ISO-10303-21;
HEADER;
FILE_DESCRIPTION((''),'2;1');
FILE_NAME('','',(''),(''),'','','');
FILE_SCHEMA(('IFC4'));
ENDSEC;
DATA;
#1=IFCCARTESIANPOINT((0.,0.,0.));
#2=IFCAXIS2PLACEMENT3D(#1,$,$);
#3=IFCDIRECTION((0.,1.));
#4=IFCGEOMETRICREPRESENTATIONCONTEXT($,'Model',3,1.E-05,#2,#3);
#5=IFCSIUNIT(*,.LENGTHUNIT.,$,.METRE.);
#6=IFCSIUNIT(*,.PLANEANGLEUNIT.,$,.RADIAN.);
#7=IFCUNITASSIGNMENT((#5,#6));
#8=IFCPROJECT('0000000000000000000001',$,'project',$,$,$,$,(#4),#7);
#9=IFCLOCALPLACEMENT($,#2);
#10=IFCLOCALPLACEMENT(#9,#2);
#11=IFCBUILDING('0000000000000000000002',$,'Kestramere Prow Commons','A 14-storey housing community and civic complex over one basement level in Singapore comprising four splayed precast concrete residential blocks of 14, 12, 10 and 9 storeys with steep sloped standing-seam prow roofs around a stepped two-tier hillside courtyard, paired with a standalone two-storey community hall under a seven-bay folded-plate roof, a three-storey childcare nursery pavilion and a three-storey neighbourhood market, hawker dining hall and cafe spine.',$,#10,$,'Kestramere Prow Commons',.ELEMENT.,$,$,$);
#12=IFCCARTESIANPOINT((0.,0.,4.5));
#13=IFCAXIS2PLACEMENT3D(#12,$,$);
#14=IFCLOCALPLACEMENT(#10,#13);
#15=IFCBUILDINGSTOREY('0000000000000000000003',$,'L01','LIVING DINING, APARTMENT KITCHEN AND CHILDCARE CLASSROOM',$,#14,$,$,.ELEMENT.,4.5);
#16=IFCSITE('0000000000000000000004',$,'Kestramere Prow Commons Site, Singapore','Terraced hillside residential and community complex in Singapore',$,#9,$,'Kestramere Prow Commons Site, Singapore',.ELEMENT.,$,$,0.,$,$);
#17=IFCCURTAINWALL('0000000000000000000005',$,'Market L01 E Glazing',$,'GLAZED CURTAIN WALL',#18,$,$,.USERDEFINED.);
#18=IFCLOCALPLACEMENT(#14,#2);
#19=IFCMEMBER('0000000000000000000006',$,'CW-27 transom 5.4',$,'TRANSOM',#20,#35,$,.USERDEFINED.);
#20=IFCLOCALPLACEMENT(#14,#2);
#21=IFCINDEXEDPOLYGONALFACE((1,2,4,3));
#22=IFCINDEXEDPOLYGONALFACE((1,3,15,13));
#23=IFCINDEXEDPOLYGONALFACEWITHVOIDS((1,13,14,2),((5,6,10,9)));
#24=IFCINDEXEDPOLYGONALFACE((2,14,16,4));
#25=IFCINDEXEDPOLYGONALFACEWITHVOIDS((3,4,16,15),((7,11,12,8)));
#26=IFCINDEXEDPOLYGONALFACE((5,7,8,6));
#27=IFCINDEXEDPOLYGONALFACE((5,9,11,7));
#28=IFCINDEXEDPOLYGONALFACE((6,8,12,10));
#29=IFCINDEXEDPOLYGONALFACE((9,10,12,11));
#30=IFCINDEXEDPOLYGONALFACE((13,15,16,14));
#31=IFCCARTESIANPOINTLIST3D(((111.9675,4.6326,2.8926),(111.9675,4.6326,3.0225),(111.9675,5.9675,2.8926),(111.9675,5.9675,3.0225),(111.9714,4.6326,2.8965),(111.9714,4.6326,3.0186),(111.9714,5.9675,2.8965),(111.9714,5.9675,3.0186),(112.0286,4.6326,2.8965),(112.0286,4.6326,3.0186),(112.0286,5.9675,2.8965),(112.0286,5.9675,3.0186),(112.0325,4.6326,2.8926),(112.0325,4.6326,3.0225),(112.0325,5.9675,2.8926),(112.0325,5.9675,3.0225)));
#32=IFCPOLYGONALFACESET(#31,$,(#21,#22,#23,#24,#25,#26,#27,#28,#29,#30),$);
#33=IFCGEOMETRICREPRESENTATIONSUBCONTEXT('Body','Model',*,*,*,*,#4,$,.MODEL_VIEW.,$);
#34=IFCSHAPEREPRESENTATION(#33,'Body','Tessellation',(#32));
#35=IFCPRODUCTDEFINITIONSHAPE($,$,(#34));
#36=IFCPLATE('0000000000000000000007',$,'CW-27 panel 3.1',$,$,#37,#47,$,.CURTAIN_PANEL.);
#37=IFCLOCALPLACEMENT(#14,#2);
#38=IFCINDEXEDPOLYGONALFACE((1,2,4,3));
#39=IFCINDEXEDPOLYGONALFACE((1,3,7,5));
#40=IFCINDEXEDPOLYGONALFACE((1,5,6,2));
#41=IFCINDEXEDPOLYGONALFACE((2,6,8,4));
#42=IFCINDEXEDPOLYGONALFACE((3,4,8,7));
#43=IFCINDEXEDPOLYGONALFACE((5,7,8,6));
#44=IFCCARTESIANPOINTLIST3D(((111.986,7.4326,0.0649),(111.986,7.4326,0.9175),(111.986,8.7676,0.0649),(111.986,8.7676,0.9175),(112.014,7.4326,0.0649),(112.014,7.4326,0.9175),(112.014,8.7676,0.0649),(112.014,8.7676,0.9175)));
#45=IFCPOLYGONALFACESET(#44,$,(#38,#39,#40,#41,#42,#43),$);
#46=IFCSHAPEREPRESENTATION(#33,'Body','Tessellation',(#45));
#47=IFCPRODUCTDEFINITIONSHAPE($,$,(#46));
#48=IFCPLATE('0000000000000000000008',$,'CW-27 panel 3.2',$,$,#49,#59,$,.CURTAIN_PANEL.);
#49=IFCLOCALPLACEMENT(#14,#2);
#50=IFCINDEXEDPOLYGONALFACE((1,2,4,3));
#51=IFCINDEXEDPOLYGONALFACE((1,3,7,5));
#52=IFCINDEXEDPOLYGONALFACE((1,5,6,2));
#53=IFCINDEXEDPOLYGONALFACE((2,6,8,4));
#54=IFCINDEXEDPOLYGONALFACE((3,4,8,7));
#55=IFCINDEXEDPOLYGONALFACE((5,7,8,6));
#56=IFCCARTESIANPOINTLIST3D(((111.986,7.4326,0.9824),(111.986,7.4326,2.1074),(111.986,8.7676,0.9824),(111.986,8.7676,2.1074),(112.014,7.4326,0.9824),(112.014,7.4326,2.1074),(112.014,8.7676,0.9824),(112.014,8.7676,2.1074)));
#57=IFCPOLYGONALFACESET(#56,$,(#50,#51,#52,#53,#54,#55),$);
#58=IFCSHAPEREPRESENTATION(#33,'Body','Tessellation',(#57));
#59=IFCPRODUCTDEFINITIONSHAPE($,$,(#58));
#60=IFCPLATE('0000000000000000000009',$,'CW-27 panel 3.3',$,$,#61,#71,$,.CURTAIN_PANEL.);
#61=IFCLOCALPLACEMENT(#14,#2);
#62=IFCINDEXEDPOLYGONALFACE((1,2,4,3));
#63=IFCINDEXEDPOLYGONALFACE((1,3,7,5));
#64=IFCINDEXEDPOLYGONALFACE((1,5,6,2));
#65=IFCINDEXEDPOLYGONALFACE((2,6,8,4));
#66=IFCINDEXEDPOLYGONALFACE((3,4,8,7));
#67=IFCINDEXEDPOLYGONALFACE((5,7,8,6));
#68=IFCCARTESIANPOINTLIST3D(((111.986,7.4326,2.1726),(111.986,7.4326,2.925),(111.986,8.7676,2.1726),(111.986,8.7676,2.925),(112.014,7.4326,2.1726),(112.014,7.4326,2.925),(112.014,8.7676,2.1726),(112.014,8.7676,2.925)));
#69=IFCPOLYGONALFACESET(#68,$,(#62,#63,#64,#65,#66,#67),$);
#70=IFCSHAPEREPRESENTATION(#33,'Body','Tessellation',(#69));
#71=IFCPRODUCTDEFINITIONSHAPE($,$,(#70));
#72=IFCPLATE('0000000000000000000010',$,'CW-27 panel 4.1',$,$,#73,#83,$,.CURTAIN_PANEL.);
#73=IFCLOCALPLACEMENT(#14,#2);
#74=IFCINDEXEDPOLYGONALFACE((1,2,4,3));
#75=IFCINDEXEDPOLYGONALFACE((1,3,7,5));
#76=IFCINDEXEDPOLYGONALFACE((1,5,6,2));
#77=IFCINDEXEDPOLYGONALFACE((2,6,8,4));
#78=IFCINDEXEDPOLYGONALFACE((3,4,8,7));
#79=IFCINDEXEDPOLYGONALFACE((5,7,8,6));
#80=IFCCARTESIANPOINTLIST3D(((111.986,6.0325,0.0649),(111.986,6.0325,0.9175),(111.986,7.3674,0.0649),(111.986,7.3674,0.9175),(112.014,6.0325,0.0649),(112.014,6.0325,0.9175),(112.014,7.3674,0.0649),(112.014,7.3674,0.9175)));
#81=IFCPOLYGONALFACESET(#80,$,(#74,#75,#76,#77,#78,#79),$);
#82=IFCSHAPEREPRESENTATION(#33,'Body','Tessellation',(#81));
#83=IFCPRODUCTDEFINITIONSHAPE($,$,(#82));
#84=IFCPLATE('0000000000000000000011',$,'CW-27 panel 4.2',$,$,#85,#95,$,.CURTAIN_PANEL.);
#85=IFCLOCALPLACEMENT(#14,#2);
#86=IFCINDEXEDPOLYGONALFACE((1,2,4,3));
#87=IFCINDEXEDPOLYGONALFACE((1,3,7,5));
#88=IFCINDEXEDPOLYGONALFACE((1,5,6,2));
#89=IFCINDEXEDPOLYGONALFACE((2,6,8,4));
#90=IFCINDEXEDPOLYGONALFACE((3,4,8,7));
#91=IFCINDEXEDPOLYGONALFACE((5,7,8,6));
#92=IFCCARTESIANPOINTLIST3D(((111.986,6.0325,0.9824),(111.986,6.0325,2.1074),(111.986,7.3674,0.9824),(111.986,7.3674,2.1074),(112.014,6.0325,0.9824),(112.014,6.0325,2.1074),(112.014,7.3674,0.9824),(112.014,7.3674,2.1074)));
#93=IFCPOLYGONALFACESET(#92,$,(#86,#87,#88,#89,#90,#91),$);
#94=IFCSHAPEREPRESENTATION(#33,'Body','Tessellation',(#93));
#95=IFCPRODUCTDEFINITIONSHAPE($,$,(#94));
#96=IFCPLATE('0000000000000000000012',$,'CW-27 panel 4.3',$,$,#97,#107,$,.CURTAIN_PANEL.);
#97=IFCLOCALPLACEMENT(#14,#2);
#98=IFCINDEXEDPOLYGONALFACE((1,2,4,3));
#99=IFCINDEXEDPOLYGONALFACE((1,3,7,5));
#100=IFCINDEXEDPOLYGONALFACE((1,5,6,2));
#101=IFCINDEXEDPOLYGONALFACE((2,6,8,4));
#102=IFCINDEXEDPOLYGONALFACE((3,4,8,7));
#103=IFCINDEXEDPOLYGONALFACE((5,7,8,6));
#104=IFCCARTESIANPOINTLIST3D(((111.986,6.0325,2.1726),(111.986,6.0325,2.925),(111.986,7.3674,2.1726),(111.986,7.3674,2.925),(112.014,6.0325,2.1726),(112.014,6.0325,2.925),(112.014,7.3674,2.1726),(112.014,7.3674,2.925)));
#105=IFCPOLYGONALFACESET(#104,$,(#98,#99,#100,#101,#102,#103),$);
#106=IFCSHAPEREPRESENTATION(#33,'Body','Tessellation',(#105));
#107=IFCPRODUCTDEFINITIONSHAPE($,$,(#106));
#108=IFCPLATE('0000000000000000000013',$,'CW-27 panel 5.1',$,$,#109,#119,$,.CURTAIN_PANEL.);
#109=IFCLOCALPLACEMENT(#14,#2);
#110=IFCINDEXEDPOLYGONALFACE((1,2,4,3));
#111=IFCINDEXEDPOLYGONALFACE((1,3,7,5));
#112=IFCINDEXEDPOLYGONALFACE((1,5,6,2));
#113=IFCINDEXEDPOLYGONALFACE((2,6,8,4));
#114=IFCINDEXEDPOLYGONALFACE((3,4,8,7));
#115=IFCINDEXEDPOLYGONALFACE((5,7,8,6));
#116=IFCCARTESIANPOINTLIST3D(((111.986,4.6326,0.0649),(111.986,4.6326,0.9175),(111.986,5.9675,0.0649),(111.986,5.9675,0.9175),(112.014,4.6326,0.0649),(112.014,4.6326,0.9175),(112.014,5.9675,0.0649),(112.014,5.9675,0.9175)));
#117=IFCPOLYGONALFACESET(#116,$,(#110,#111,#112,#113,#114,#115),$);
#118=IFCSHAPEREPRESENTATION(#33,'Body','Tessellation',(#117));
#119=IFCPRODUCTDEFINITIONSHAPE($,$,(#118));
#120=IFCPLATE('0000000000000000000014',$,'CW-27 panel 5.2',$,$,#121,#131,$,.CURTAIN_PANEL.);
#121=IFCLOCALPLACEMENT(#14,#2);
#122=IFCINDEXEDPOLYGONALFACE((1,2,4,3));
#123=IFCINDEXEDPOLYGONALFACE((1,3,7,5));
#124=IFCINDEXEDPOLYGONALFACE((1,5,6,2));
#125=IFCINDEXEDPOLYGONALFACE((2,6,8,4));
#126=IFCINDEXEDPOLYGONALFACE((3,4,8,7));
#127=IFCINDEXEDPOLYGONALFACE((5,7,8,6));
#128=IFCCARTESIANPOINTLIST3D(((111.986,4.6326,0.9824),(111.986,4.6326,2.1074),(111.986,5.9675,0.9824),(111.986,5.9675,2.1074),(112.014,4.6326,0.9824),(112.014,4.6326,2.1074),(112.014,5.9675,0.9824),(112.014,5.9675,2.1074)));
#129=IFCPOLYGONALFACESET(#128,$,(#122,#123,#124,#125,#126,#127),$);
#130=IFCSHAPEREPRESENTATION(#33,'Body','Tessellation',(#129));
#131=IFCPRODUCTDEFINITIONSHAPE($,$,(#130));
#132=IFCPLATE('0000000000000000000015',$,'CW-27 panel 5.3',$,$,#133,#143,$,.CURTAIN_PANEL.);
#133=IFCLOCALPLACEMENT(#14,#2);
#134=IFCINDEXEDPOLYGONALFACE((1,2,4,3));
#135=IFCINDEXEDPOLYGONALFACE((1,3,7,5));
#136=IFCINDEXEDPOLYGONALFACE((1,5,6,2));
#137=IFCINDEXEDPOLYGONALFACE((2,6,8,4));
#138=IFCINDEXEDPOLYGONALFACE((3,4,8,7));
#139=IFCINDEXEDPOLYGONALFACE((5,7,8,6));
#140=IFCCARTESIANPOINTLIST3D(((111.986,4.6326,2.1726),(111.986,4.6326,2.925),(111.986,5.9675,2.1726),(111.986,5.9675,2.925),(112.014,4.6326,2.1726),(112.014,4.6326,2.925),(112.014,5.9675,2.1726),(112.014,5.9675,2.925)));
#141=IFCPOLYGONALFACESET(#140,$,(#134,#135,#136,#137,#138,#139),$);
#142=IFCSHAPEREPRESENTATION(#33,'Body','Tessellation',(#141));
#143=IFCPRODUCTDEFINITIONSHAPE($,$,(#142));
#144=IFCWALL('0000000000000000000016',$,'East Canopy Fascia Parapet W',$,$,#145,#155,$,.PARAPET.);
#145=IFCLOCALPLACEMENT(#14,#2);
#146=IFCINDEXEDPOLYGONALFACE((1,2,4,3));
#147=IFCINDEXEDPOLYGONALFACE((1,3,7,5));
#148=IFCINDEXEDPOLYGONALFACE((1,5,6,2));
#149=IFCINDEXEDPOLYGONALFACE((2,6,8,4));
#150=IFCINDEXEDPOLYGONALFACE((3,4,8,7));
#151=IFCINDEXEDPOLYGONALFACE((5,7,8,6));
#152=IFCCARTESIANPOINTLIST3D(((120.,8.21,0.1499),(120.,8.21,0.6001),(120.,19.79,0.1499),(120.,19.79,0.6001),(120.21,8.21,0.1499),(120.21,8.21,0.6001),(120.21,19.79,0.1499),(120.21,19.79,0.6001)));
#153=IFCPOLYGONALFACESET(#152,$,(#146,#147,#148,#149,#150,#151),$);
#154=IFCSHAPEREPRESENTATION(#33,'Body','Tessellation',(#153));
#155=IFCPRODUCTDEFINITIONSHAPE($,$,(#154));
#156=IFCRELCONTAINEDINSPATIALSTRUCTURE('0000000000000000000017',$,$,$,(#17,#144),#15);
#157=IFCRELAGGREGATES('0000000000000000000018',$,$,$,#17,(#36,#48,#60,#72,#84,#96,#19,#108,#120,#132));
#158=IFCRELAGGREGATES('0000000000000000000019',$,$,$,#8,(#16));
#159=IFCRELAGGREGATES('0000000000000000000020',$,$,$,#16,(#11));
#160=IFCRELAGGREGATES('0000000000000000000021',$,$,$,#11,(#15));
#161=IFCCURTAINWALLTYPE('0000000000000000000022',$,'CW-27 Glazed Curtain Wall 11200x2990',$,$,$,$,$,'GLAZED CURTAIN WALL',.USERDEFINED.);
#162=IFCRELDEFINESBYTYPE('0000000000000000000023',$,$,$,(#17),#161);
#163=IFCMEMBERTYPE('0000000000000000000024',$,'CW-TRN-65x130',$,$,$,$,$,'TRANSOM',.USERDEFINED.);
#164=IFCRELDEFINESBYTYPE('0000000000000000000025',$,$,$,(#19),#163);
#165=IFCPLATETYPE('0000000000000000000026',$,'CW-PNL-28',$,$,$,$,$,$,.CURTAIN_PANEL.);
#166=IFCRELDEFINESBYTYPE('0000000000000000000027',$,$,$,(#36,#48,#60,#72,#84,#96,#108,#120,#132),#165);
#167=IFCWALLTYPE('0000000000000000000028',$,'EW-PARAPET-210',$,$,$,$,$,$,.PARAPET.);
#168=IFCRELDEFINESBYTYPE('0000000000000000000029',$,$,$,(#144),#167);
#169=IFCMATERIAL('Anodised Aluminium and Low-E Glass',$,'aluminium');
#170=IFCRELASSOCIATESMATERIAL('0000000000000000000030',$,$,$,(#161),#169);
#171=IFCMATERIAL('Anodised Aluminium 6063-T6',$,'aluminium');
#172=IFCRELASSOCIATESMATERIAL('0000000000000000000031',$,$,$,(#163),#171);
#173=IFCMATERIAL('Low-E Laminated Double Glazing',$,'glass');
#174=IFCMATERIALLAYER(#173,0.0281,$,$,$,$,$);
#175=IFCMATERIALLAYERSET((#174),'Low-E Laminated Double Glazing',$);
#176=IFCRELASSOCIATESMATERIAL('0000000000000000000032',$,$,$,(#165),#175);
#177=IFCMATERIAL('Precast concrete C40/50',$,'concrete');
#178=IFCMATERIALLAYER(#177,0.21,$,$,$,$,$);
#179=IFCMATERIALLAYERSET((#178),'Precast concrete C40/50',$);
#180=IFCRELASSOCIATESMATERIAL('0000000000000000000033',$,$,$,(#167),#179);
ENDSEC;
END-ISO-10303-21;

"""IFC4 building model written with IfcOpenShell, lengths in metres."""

from ifc_helpers import new_model, si_unit, direction, frame, frame_2d, origin, origin_2d, place, context, subcontext, project, spatial, rectangle, hollow_rectangle, extrude, material, layer, layer_set, material_profile, profile_set, type_object, element, aggregate, save


model = new_model("IFC4")

# Units and contexts
model_context = context("Model", 3, precision=1e-05, world=origin(), true_north=direction((0.0, 1.0)))
body_context = subcontext(model_context, "Body", "Model", "MODEL_VIEW")
ifc_project = project(units=[si_unit("LENGTHUNIT", "METRE"), si_unit("PLANEANGLEUNIT", "RADIAN")], contexts=[model_context])

# Site, building, storey
site_placement = place(None, origin())
site = spatial("IfcSite", under=ifc_project, at=site_placement, Name="Kestramere Prow Commons Site, Singapore", Description="Terraced hillside residential and community complex in Singapore", LongName="Kestramere Prow Commons Site, Singapore", CompositionType="ELEMENT", RefElevation=0.0)
building_placement = place(site_placement, origin())
building = spatial("IfcBuilding", under=site, at=building_placement, Name="Kestramere Prow Commons", Description="A 14-storey housing community and civic complex over one basement level in Singapore comprising four splayed precast concrete residential blocks of 14, 12, 10 and 9 storeys with steep sloped standing-seam prow roofs around a stepped two-tier hillside courtyard, paired with a standalone two-storey community hall under a seven-bay folded-plate roof, a three-storey childcare nursery pavilion and a three-storey neighbourhood market, hawker dining hall and cafe spine.", LongName="Kestramere Prow Commons", CompositionType="ELEMENT")
storey_placement = place(building_placement, frame((0.0, 0.0, 4.5)))
storey = spatial("IfcBuildingStorey", under=building, at=storey_placement, Name="L01", Description="LIVING DINING, APARTMENT KITCHEN AND CHILDCARE CLASSROOM", CompositionType="ELEMENT", Elevation=4.5)

# Curtain wall, member, plates
ifc_material_1 = material(Name="Anodised Aluminium and Low-E Glass", Category="aluminium")
curtain_wall_type = type_object("IfcCurtainWallType", Name="CW-27 Glazed Curtain Wall 11200x2990", ElementType="GLAZED CURTAIN WALL", PredefinedType="USERDEFINED", material=ifc_material_1)
curtain_wall_placement = place(storey_placement, origin())
curtain_wall = element("IfcCurtainWall", 1, at=curtain_wall_placement, inside=storey, type_object=curtain_wall_type, Name="Market L01 E Glazing", ObjectType="GLAZED CURTAIN WALL", PredefinedType="USERDEFINED")
ifc_material_2 = material(Name="Anodised Aluminium 6063-T6", Category="aluminium")
ifc_material_profile_1 = material_profile(ifc_material_2, hollow_rectangle(XDim=0.0649, YDim=0.1299, WallThickness=0.0039, at=origin_2d()), Name="ALU-TRN 65x130")
ifc_profile_set_1 = profile_set([ifc_material_profile_1], Name="Anodised Aluminium 6063-T6")
member_type_1 = type_object("IfcMemberType", Name="CW-TRN-65x130", ElementType="TRANSOM", PredefinedType="USERDEFINED", material=ifc_profile_set_1)
member_1_placement = place(storey_placement, frame((112.0, 5.9675, 2.9575), z_axis=(0.0, -1.0, 0.0), x_axis=(1.0, 0.0, 0.0)))
member_1 = element("IfcMember", 2, at=member_1_placement, type_object=member_type_1, Name="CW-27 transom 5.4", ObjectType="TRANSOM", PredefinedType="USERDEFINED", context=body_context, shape_type="SweptSolid", body=[
    extrude(hollow_rectangle(XDim=0.0649, YDim=0.1299, WallThickness=0.0039, at=origin_2d()), origin(), (0.0, 0.0, 1.0), 1.335),
])
ifc_material_3 = material(Name="Low-E Laminated Double Glazing", Category="glass")
ifc_layer_1 = layer(ifc_material_3, 0.0281)
ifc_layer_set_1 = layer_set([ifc_layer_1], Name="Low-E Laminated Double Glazing")
plate_type = type_object("IfcPlateType", Name="CW-PNL-28", PredefinedType="CURTAIN_PANEL", material=ifc_layer_set_1)
plate_1_placement = place(storey_placement, frame((112.0, 8.1001, 0.0649), z_axis=(0.0, 0.0, 1.0), x_axis=(0.0, -1.0, 0.0)))
plate_1 = element("IfcPlate", 3, at=plate_1_placement, type_object=plate_type, Name="CW-27 panel 3.1", PredefinedType="CURTAIN_PANEL", context=body_context, shape_type="SweptSolid", body=[
    extrude(rectangle(XDim=1.335, YDim=0.0281, at=origin_2d()), origin(), (0.0, 0.0, 1.0), 0.8525),
])
plate_2_placement = place(storey_placement, frame((112.0, 8.1001, 0.9824), z_axis=(0.0, 0.0, 1.0), x_axis=(0.0, -1.0, 0.0)))
plate_2 = element("IfcPlate", 4, at=plate_2_placement, type_object=plate_type, Name="CW-27 panel 3.2", PredefinedType="CURTAIN_PANEL", context=body_context, shape_type="SweptSolid", body=[
    extrude(rectangle(XDim=1.335, YDim=0.0281, at=origin_2d()), origin(), (0.0, 0.0, 1.0), 1.125),
])
plate_3_placement = place(storey_placement, frame((112.0, 8.1001, 2.1726), z_axis=(0.0, 0.0, 1.0), x_axis=(0.0, -1.0, 0.0)))
plate_3 = element("IfcPlate", 5, at=plate_3_placement, type_object=plate_type, Name="CW-27 panel 3.3", PredefinedType="CURTAIN_PANEL", context=body_context, shape_type="SweptSolid", body=[
    extrude(rectangle(XDim=1.335, YDim=0.0281, at=origin_2d()), origin(), (0.0, 0.0, 1.0), 0.7524),
])
plate_4_placement = place(storey_placement, frame((112.0, 6.7, 0.0649), z_axis=(0.0, 0.0, 1.0), x_axis=(0.0, -1.0, 0.0)))
plate_4 = element("IfcPlate", 6, at=plate_4_placement, type_object=plate_type, Name="CW-27 panel 4.1", PredefinedType="CURTAIN_PANEL", context=body_context, shape_type="SweptSolid", body=[
    extrude(rectangle(XDim=1.335, YDim=0.0281, at=origin_2d()), origin(), (0.0, 0.0, 1.0), 0.8525),
])
plate_5_placement = place(storey_placement, frame((112.0, 6.7, 0.9824), z_axis=(0.0, 0.0, 1.0), x_axis=(0.0, -1.0, 0.0)))
plate_5 = element("IfcPlate", 7, at=plate_5_placement, type_object=plate_type, Name="CW-27 panel 4.2", PredefinedType="CURTAIN_PANEL", context=body_context, shape_type="SweptSolid", body=[
    extrude(rectangle(XDim=1.335, YDim=0.0281, at=origin_2d()), origin(), (0.0, 0.0, 1.0), 1.125),
])
plate_6_placement = place(storey_placement, frame((112.0, 6.7, 2.1726), z_axis=(0.0, 0.0, 1.0), x_axis=(0.0, -1.0, 0.0)))
plate_6 = element("IfcPlate", 8, at=plate_6_placement, type_object=plate_type, Name="CW-27 panel 4.3", PredefinedType="CURTAIN_PANEL", context=body_context, shape_type="SweptSolid", body=[
    extrude(rectangle(XDim=1.335, YDim=0.0281, at=origin_2d()), origin(), (0.0, 0.0, 1.0), 0.7524),
])
plate_7_placement = place(storey_placement, frame((112.0, 5.3, 0.0649), z_axis=(0.0, 0.0, 1.0), x_axis=(0.0, -1.0, 0.0)))
plate_7 = element("IfcPlate", 9, at=plate_7_placement, type_object=plate_type, Name="CW-27 panel 5.1", PredefinedType="CURTAIN_PANEL", context=body_context, shape_type="SweptSolid", body=[
    extrude(rectangle(XDim=1.335, YDim=0.0281, at=origin_2d()), origin(), (0.0, 0.0, 1.0), 0.8525),
])
plate_8_placement = place(storey_placement, frame((112.0, 5.3, 0.9824), z_axis=(0.0, 0.0, 1.0), x_axis=(0.0, -1.0, 0.0)))
plate_8 = element("IfcPlate", 10, at=plate_8_placement, type_object=plate_type, Name="CW-27 panel 5.2", PredefinedType="CURTAIN_PANEL", context=body_context, shape_type="SweptSolid", body=[
    extrude(rectangle(XDim=1.335, YDim=0.0281, at=origin_2d()), origin(), (0.0, 0.0, 1.0), 1.125),
])
plate_9_placement = place(storey_placement, frame((112.0, 5.3, 2.1726), z_axis=(0.0, 0.0, 1.0), x_axis=(0.0, -1.0, 0.0)))
plate_9 = element("IfcPlate", 11, at=plate_9_placement, type_object=plate_type, Name="CW-27 panel 5.3", PredefinedType="CURTAIN_PANEL", context=body_context, shape_type="SweptSolid", body=[
    extrude(rectangle(XDim=1.335, YDim=0.0281, at=origin_2d()), origin(), (0.0, 0.0, 1.0), 0.7524),
])
aggregate(curtain_wall, [plate_1, plate_2, plate_3, plate_4, plate_5, plate_6, member_1, plate_7, plate_8, plate_9])

# Wall
ifc_material_4 = material(Name="Precast concrete C40/50", Category="concrete")
ifc_layer_2 = layer(ifc_material_4, 0.21)
ifc_layer_set_2 = layer_set([ifc_layer_2], Name="Precast concrete C40/50")
wall_type = type_object("IfcWallType", Name="EW-PARAPET-210", PredefinedType="PARAPET", material=ifc_layer_set_2)
wall_placement = place(storey_placement, frame((120.105, 8.21, 0.1499), z_axis=(0.0, 0.0, 1.0), x_axis=(0.0, 1.0, 0.0)))
element("IfcWall", 12, at=wall_placement, inside=storey, type_object=wall_type, Name="East Canopy Fascia Parapet W", PredefinedType="PARAPET", context=body_context, shape_type="SweptSolid", body=[
    extrude(rectangle(XDim=11.5801, YDim=0.21, at=frame_2d((5.79, 0.0))), origin(), (0.0, 0.0, 1.0), 0.4502),
])

save(model, "model.ifc")
